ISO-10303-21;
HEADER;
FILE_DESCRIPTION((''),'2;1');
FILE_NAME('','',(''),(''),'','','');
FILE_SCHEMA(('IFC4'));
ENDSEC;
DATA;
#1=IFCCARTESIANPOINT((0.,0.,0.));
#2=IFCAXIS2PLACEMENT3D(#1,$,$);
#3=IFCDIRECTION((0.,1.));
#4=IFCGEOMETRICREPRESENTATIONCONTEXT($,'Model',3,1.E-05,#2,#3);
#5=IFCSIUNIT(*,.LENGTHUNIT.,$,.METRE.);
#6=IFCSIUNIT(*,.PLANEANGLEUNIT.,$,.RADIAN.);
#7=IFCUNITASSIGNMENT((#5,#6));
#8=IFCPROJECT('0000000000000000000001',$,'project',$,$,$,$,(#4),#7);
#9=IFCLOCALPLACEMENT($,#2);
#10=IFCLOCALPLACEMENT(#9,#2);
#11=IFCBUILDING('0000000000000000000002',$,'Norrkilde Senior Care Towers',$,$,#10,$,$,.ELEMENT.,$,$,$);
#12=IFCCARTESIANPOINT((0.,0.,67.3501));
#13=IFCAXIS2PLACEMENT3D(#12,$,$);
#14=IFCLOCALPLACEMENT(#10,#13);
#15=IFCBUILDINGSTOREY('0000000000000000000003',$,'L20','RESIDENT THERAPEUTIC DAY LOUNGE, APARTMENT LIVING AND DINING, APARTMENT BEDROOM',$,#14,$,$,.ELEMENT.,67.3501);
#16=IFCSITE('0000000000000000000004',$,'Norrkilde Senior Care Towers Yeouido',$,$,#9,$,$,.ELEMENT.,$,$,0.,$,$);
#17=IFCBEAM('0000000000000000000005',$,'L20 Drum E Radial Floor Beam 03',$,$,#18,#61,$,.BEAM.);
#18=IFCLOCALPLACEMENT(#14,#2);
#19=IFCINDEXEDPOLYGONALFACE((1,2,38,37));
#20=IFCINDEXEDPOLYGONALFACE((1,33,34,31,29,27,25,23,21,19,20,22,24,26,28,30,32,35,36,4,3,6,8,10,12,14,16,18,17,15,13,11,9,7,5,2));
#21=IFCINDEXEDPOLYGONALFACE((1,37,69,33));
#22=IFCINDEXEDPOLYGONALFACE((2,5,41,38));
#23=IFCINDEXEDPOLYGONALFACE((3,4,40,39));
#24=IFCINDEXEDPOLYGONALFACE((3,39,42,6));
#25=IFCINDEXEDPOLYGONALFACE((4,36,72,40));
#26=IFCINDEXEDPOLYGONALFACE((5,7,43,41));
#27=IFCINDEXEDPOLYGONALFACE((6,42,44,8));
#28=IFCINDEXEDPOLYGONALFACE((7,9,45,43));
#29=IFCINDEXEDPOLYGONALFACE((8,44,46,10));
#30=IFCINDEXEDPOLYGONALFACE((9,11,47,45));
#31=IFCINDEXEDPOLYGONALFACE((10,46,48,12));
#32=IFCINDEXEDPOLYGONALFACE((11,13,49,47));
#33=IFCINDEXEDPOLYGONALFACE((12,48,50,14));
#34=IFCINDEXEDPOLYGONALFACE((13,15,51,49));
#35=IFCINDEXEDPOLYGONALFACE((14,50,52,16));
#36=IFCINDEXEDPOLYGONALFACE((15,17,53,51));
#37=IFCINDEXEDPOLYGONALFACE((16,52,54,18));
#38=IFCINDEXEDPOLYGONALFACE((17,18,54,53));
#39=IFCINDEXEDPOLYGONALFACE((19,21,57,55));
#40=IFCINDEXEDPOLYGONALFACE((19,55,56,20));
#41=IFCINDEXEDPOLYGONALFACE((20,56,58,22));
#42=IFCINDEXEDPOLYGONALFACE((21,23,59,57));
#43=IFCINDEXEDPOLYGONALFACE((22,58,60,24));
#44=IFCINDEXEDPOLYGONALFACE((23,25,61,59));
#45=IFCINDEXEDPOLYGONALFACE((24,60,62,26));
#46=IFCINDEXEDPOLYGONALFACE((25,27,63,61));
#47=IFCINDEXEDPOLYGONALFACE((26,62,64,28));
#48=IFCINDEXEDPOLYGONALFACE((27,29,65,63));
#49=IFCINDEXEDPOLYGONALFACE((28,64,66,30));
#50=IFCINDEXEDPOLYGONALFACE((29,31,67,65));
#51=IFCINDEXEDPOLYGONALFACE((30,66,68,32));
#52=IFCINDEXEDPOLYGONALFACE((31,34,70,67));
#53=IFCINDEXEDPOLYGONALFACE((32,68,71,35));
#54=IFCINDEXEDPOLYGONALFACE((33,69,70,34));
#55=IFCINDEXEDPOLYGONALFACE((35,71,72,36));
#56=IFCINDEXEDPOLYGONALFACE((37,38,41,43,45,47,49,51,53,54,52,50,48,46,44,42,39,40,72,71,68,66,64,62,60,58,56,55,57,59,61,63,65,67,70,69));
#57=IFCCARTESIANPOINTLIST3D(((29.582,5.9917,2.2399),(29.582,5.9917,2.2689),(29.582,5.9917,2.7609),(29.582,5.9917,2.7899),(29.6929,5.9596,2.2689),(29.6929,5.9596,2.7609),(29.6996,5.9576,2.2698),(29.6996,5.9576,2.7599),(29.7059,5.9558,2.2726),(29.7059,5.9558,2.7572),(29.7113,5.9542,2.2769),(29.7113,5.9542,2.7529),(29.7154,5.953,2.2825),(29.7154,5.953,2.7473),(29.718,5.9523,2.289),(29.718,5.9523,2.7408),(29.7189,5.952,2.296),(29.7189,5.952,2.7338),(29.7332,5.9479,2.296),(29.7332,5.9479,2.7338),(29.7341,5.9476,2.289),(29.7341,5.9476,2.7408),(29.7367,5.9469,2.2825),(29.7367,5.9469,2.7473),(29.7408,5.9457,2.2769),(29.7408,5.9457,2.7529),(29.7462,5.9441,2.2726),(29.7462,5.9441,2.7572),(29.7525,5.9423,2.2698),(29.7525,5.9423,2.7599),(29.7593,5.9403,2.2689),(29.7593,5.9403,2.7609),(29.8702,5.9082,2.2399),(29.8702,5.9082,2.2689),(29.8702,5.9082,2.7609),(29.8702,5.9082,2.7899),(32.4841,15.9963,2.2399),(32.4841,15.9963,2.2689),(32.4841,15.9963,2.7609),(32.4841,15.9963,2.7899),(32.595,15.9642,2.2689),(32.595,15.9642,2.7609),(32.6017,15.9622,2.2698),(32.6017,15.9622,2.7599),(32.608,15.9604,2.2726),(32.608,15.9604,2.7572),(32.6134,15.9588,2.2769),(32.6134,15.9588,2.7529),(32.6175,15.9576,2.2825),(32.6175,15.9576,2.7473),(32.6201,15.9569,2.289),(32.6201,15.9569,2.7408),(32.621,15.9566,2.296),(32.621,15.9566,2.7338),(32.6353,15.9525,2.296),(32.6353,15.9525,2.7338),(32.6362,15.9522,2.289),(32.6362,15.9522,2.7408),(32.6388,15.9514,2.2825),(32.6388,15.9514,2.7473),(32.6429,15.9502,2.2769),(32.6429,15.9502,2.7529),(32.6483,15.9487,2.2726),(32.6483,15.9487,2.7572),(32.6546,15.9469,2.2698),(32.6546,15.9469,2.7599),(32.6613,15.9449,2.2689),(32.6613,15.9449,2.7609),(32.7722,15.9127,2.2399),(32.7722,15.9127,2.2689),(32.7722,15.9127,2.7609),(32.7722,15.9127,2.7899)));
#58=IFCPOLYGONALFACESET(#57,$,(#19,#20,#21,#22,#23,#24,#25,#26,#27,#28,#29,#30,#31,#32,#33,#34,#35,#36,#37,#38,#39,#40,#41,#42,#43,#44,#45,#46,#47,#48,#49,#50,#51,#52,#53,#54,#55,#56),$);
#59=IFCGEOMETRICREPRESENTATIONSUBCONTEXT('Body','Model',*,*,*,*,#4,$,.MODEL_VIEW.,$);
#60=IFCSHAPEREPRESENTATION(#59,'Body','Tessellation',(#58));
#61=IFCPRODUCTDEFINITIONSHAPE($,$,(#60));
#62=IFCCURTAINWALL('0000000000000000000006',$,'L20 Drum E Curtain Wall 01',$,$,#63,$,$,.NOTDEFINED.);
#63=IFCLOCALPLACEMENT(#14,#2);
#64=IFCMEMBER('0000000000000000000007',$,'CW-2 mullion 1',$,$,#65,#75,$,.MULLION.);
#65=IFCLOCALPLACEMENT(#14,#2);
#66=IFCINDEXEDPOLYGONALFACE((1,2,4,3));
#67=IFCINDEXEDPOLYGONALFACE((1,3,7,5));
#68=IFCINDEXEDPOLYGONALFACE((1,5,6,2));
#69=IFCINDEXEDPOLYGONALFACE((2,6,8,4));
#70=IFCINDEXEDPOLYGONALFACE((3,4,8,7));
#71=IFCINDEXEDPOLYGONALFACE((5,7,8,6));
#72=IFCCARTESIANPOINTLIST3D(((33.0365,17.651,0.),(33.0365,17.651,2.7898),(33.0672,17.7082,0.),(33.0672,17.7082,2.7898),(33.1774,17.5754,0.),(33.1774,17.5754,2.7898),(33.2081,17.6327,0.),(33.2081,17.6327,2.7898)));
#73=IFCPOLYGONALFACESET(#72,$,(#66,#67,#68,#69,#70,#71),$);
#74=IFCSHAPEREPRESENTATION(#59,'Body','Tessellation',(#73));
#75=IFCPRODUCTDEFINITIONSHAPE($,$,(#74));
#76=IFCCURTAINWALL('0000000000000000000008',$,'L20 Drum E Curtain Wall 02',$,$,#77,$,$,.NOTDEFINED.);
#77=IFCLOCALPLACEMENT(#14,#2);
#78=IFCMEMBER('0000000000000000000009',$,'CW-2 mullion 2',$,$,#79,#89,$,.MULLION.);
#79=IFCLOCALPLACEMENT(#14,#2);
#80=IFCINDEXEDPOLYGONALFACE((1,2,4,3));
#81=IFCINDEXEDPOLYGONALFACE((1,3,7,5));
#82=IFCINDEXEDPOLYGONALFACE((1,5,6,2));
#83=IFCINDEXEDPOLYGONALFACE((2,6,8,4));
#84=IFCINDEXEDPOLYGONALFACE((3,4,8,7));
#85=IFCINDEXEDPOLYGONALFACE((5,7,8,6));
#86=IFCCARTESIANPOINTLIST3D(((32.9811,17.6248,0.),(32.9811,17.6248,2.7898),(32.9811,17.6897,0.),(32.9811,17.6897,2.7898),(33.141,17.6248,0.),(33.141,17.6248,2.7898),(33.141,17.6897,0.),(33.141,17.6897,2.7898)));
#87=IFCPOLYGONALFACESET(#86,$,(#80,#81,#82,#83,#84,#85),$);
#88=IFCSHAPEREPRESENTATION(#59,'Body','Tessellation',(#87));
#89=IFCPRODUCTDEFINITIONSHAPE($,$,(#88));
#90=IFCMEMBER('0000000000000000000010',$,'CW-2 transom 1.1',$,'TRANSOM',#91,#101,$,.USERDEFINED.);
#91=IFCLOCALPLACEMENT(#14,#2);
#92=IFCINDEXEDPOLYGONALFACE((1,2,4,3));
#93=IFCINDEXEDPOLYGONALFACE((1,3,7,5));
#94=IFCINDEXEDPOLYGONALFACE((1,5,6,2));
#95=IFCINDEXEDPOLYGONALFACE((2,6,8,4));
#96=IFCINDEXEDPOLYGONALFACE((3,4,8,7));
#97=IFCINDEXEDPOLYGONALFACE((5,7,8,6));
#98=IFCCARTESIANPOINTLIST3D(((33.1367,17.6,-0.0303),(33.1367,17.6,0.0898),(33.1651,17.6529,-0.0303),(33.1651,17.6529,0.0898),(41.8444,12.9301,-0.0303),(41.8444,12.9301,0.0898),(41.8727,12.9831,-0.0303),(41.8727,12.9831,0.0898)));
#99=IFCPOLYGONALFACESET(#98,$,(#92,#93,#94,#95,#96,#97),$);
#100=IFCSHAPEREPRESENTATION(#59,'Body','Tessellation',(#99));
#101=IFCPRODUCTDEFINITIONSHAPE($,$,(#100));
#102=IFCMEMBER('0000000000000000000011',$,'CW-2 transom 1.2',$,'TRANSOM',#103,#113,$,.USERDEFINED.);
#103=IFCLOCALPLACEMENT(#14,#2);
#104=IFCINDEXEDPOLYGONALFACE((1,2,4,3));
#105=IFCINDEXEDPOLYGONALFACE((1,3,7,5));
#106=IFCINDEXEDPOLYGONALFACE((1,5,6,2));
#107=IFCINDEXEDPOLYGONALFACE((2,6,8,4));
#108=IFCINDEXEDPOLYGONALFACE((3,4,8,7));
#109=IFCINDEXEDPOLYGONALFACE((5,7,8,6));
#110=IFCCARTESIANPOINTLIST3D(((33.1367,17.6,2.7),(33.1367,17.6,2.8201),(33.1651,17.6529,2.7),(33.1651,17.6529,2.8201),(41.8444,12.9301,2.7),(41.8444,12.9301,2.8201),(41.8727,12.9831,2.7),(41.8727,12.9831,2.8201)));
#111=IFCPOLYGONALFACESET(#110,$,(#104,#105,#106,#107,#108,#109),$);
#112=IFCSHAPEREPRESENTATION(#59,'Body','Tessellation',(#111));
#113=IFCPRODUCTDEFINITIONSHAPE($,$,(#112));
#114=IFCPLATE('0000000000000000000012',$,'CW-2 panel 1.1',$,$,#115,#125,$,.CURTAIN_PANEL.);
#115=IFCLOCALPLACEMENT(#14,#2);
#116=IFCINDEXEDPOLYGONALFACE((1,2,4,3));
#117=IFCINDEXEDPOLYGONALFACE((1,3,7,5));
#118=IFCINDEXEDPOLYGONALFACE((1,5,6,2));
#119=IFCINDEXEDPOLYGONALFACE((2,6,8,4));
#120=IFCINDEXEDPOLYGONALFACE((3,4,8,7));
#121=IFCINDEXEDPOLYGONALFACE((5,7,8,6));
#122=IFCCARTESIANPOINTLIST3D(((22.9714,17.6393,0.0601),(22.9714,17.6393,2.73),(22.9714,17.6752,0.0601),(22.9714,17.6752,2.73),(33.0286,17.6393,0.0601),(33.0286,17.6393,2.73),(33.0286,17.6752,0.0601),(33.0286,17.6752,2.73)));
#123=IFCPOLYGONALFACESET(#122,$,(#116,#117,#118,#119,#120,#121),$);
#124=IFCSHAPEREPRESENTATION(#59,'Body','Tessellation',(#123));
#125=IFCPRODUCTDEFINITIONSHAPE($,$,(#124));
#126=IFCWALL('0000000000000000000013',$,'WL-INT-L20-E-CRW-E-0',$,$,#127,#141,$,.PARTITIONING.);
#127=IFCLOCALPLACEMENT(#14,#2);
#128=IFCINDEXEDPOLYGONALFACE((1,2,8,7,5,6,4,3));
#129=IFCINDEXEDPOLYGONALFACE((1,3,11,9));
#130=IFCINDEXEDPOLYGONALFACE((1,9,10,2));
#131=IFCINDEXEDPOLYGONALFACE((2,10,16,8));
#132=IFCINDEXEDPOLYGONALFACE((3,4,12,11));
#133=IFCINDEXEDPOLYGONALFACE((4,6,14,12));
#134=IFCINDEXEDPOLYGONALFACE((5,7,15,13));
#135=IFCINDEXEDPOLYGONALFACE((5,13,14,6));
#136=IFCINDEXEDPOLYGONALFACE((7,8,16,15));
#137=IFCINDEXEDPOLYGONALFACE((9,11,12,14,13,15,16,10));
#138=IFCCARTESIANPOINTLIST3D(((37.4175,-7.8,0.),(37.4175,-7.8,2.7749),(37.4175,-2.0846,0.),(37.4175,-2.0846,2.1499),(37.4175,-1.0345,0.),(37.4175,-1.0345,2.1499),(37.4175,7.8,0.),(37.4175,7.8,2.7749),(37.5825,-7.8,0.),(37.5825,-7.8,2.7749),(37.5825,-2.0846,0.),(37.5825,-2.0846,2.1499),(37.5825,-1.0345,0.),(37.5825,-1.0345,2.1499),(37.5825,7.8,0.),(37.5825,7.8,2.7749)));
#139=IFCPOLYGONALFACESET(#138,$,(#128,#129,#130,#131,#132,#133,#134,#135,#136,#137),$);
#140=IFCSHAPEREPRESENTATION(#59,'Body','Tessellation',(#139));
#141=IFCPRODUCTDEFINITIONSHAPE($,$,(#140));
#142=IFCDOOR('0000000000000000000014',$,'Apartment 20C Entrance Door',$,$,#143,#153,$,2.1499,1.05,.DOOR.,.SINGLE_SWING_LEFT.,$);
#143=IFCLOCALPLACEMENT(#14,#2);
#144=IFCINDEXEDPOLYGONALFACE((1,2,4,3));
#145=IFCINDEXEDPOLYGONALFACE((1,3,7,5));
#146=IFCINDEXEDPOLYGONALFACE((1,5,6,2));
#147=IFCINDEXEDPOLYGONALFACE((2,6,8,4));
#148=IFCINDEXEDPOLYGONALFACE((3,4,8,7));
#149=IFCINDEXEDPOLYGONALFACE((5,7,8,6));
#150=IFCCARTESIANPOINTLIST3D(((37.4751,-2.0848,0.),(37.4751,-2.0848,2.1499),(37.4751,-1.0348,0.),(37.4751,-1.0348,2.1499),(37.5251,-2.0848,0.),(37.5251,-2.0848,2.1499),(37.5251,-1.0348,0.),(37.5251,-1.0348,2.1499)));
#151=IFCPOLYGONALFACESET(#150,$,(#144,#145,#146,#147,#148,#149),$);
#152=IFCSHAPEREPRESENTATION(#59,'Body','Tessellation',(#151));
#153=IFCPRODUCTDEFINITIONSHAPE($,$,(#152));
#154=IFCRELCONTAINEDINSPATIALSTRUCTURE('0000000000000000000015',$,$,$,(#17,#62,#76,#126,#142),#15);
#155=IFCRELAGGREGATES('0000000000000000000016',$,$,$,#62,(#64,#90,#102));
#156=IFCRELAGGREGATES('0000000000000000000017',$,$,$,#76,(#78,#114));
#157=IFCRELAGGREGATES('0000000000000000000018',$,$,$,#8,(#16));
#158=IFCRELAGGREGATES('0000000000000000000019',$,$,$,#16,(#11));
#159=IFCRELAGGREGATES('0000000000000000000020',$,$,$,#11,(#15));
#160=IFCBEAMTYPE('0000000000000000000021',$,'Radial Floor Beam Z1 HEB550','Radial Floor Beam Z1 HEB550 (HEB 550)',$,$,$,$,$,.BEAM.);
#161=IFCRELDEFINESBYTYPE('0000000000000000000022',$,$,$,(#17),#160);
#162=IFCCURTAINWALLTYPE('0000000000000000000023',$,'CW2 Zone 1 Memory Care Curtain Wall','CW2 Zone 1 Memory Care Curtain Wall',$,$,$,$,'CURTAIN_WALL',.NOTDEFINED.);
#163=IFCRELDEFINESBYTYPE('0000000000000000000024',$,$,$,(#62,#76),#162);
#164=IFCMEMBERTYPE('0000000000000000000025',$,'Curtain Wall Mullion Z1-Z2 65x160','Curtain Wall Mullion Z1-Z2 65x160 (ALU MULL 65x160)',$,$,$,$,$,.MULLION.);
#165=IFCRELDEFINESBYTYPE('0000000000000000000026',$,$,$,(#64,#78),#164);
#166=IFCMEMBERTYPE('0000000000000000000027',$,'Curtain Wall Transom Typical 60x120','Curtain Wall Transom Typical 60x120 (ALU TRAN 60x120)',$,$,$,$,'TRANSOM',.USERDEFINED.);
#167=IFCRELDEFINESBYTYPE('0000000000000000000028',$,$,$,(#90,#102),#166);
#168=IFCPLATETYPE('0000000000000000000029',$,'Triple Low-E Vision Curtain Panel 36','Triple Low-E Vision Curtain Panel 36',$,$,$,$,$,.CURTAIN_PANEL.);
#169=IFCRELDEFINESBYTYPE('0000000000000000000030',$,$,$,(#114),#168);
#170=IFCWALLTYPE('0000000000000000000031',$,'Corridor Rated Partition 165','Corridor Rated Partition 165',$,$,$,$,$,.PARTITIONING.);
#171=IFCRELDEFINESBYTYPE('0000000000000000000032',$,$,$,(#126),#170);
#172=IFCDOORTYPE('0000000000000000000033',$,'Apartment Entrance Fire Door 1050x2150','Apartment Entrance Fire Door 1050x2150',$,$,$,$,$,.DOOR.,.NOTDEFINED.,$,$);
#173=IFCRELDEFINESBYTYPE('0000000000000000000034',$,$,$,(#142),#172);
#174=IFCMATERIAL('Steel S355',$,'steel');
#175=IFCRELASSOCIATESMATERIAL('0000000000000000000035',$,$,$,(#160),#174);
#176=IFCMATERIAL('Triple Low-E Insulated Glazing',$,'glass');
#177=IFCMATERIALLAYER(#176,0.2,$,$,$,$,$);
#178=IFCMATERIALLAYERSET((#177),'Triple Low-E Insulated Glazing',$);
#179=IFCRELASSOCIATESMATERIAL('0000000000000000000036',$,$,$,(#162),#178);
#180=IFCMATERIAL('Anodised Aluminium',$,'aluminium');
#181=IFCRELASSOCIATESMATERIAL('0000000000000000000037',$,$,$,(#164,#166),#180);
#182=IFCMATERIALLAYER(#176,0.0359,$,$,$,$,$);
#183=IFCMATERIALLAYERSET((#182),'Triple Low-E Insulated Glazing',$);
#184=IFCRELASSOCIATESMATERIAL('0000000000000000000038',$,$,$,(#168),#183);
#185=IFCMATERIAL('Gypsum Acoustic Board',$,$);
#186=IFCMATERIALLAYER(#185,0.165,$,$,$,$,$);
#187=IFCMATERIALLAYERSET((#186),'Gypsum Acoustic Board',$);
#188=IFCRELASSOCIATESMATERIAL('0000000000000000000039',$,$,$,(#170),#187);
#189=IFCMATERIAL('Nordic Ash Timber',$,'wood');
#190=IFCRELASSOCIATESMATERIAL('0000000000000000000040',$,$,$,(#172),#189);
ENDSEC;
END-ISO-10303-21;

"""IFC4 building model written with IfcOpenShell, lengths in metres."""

from ifc_helpers import new_model, si_unit, direction, frame, frame_2d, origin, origin_2d, place, context, subcontext, project, spatial, rectangle, i_section, extrude, source, transform, mapped, material, layer, layer_set, material_profile, profile_set, type_object, type_shapes, element, fill, aggregate, save


model = new_model("IFC4")

# Units and contexts
model_context = context("Model", 3, precision=1e-05, world=origin(), true_north=direction((0.0, 1.0)))
body_context = subcontext(model_context, "Body", "Model", "MODEL_VIEW")
ifc_project = project(units=[si_unit("LENGTHUNIT", "METRE"), si_unit("PLANEANGLEUNIT", "RADIAN")], contexts=[model_context])

# Site, building, storey
site_placement = place(None, origin())
site = spatial("IfcSite", under=ifc_project, at=site_placement, Name="Norrkilde Senior Care Towers Yeouido", CompositionType="ELEMENT", RefElevation=0.0)
building_placement = place(site_placement, origin())
building = spatial("IfcBuilding", under=site, at=building_placement, Name="Norrkilde Senior Care Towers", CompositionType="ELEMENT")
storey_placement = place(building_placement, frame((0.0, 0.0, 67.3501)))
storey = spatial("IfcBuildingStorey", under=building, at=storey_placement, Name="L20", Description="RESIDENT THERAPEUTIC DAY LOUNGE, APARTMENT LIVING AND DINING, APARTMENT BEDROOM", CompositionType="ELEMENT", Elevation=67.3501)

# Beam
ifc_material_1 = material(Name="Steel S355", Category="steel")
ifc_material_profile_1 = material_profile(ifc_material_1, i_section(OverallWidth=0.3, OverallDepth=0.55, WebThickness=0.0149, FlangeThickness=0.0291, FilletRadius=0.0271, at=origin_2d()), Name="HEB 550")
ifc_profile_set_1 = profile_set([ifc_material_profile_1], Name="Steel S355")
beam_type_1 = type_object("IfcBeamType", Name="Radial Floor Beam Z1 HEB550", Description="Radial Floor Beam Z1 HEB550 (HEB 550)", PredefinedType="BEAM", material=ifc_profile_set_1)
shared_shape_1 = source(origin(), body_context, "Body", "SweptSolid", [
    extrude(i_section(OverallWidth=0.3, OverallDepth=0.55, WebThickness=0.0149, FlangeThickness=0.0291, FilletRadius=0.0271, at=origin_2d()), origin(), (0.0, 0.0, 1.0), 10.417),
])
beam_1_placement = place(storey_placement, frame((29.7261, 5.95, 2.5149), z_axis=(0.278591, 0.96041, 0.0), x_axis=(-0.96041, 0.278591, 0.0)))
element("IfcBeam", 1, at=beam_1_placement, inside=storey, type_object=beam_type_1, Name="L20 Drum E Radial Floor Beam 03", PredefinedType="BEAM", context=body_context, shape_type="MappedRepresentation", body=[
    mapped(shared_shape_1, transform((0.0, 0.0, 0.0), x_axis=(1.0, 0.0, 0.0), y_axis=(0.0, 1.0, 0.0), z_axis=(0.0, 0.0, 1.0), scale=1.0)),
])

# Curtain walls, members
ifc_material_2 = material(Name="Triple Low-E Insulated Glazing", Category="glass")
ifc_layer_1 = layer(ifc_material_2, 0.2)
ifc_layer_set_1 = layer_set([ifc_layer_1], Name="Triple Low-E Insulated Glazing")
curtain_wall_type = type_object("IfcCurtainWallType", Name="CW2 Zone 1 Memory Care Curtain Wall", Description="CW2 Zone 1 Memory Care Curtain Wall", ElementType="CURTAIN_WALL", PredefinedType="NOTDEFINED", material=ifc_layer_set_1)
curtain_wall_1_placement = place(storey_placement, origin())
curtain_wall_1 = element("IfcCurtainWall", 2, at=curtain_wall_1_placement, inside=storey, type_object=curtain_wall_type, Name="L20 Drum E Curtain Wall 01", PredefinedType="NOTDEFINED")
ifc_material_3 = material(Name="Anodised Aluminium", Category="aluminium")
ifc_material_profile_2 = material_profile(ifc_material_3, rectangle(XDim=0.0649, YDim=0.1599, at=origin_2d()), Name="ALU MULL 65x160")
ifc_profile_set_2 = profile_set([ifc_material_profile_2], Name="Anodised Aluminium")
member_type_1 = type_object("IfcMemberType", Name="Curtain Wall Mullion Z1-Z2 65x160", Description="Curtain Wall Mullion Z1-Z2 65x160 (ALU MULL 65x160)", PredefinedType="MULLION", material=ifc_profile_set_2)
shared_shape_2 = source(origin(), body_context, "Body", "SweptSolid", [
    extrude(rectangle(XDim=0.0649, YDim=0.1599, at=origin_2d()), origin(), (0.0, 0.0, 1.0), 2.7898),
])
type_shapes(member_type_1, [shared_shape_2])
member_1_placement = place(storey_placement, frame((33.1223, 17.6418, 0.0), z_axis=(0.0, 0.0, 1.0), x_axis=(0.472608, 0.881273, 0.0)))
member_1 = element("IfcMember", 3, at=member_1_placement, type_object=member_type_1, Name="CW-2 mullion 1", PredefinedType="MULLION", context=body_context, shape_type="MappedRepresentation", body=[
    mapped(shared_shape_2, transform((0.0, 0.0, 0.0), x_axis=(1.0, 0.0, 0.0), y_axis=(0.0, 1.0, 0.0), z_axis=(0.0, 0.0, 1.0), scale=1.0)),
])
curtain_wall_2_placement = place(storey_placement, origin())
curtain_wall_2 = element("IfcCurtainWall", 4, at=curtain_wall_2_placement, inside=storey, type_object=curtain_wall_type, Name="L20 Drum E Curtain Wall 02", PredefinedType="NOTDEFINED")
member_2_placement = place(storey_placement, frame((33.061, 17.6572, 0.0), z_axis=(0.0, 0.0, 1.0), x_axis=(0.0, 1.0, 0.0)))
member_2 = element("IfcMember", 5, at=member_2_placement, type_object=member_type_1, Name="CW-2 mullion 2", PredefinedType="MULLION", context=body_context, shape_type="MappedRepresentation", body=[
    mapped(shared_shape_2, transform((0.0, 0.0, 0.0), x_axis=(1.0, 0.0, 0.0), y_axis=(0.0, 1.0, 0.0), z_axis=(0.0, 0.0, 1.0), scale=1.0)),
])

# Members
ifc_material_profile_3 = material_profile(ifc_material_3, rectangle(XDim=0.0601, YDim=0.1201, at=origin_2d()), Name="ALU TRAN 60x120")
ifc_profile_set_3 = profile_set([ifc_material_profile_3], Name="Anodised Aluminium")
member_type_2 = type_object("IfcMemberType", Name="Curtain Wall Transom Typical 60x120", Description="Curtain Wall Transom Typical 60x120 (ALU TRAN 60x120)", ElementType="TRANSOM", PredefinedType="USERDEFINED", material=ifc_profile_set_3)
shared_shape_3 = source(origin(), body_context, "Body", "SweptSolid", [
    extrude(rectangle(XDim=0.0601, YDim=0.1201, at=origin_2d()), origin(), (0.0, 0.0, 1.0), 9.8809),
])
type_shapes(member_type_2, [shared_shape_3])
member_3_placement = place(storey_placement, frame((33.1509, 17.6265, 0.0298), z_axis=(0.881267, -0.472618, 0.0), x_axis=(0.472618, 0.881267, 0.0)))
member_3 = element("IfcMember", 6, at=member_3_placement, type_object=member_type_2, Name="CW-2 transom 1.1", ObjectType="TRANSOM", PredefinedType="USERDEFINED", context=body_context, shape_type="MappedRepresentation", body=[
    mapped(shared_shape_3, transform((0.0, 0.0, 0.0), x_axis=(1.0, 0.0, 0.0), y_axis=(0.0, 1.0, 0.0), z_axis=(0.0, 0.0, 1.0), scale=1.0)),
])
member_4_placement = place(storey_placement, frame((33.1509, 17.6265, 2.76), z_axis=(0.881267, -0.472618, 0.0), x_axis=(0.472618, 0.881267, 0.0)))
member_4 = element("IfcMember", 7, at=member_4_placement, type_object=member_type_2, Name="CW-2 transom 1.2", ObjectType="TRANSOM", PredefinedType="USERDEFINED", context=body_context, shape_type="MappedRepresentation", body=[
    mapped(shared_shape_3, transform((0.0, 0.0, 0.0), x_axis=(1.0, 0.0, 0.0), y_axis=(0.0, 1.0, 0.0), z_axis=(0.0, 0.0, 1.0), scale=1.0)),
])
aggregate(curtain_wall_1, [member_1, member_3, member_4])

# Plate
ifc_layer_2 = layer(ifc_material_2, 0.0359)
ifc_layer_set_2 = layer_set([ifc_layer_2], Name="Triple Low-E Insulated Glazing")
plate_type = type_object("IfcPlateType", Name="Triple Low-E Vision Curtain Panel 36", Description="Triple Low-E Vision Curtain Panel 36", PredefinedType="CURTAIN_PANEL", material=ifc_layer_set_2)
shared_shape_4 = source(origin(), body_context, "Body", "SweptSolid", [
    extrude(rectangle(XDim=10.0571, YDim=0.0359, at=origin_2d()), origin(), (0.0, 0.0, 1.0), 2.6699),
])
type_shapes(plate_type, [shared_shape_4])
plate_placement = place(storey_placement, frame((28.0, 17.6572, 0.0601), z_axis=(0.0, 0.0, 1.0), x_axis=(1.0, 0.0, 0.0)))
plate = element("IfcPlate", 8, at=plate_placement, type_object=plate_type, Name="CW-2 panel 1.1", PredefinedType="CURTAIN_PANEL", context=body_context, shape_type="MappedRepresentation", body=[
    mapped(shared_shape_4, transform((0.0, 0.0, 0.0), x_axis=(1.0, 0.0, 0.0), y_axis=(0.0, 1.0, 0.0), z_axis=(0.0, 0.0, 1.0), scale=1.0)),
])
aggregate(curtain_wall_2, [member_2, plate])

# Wall, opening, door
ifc_material_4 = material(Name="Gypsum Acoustic Board")
ifc_layer_3 = layer(ifc_material_4, 0.165)
ifc_layer_set_3 = layer_set([ifc_layer_3], Name="Gypsum Acoustic Board")
wall_type_1 = type_object("IfcWallType", Name="Corridor Rated Partition 165", Description="Corridor Rated Partition 165", PredefinedType="PARTITIONING", material=ifc_layer_set_3)
shared_shape_5 = source(origin(), body_context, "Body", "SweptSolid", [
    extrude(rectangle(XDim=15.6001, YDim=0.165, at=frame_2d((7.8, 0.0))), origin(), (0.0, 0.0, 1.0), 2.7749),
])
type_shapes(wall_type_1, [shared_shape_5])
wall_1_placement = place(storey_placement, frame((37.5, 7.8, 0.0), z_axis=(0.0, 0.0, 1.0), x_axis=(0.0, -1.0, 0.0)))
wall_1 = element("IfcWall", 9, at=wall_1_placement, inside=storey, type_object=wall_type_1, Name="WL-INT-L20-E-CRW-E-0", PredefinedType="PARTITIONING", context=body_context, shape_type="MappedRepresentation", body=[
    mapped(shared_shape_5, transform((0.0, 0.0, 0.0), x_axis=(1.0, 0.0, 0.0), y_axis=(0.0, 1.0, 0.0), z_axis=(0.0, 0.0, 1.0), scale=1.0)),
])
opening_1_placement = place(wall_1_placement, frame((8.8347, 0.0, 0.0)))
opening_1 = element("IfcOpeningElement", 10, at=opening_1_placement, cuts=wall_1, PredefinedType="OPENING", context=body_context, shape_type="SweptSolid", body=[
    extrude(rectangle(XDim=1.05, YDim=2.1499, at=frame_2d((0.5249, 1.075))), frame((0.0, 0.0925, 0.0), z_axis=(0.0, -1.0, 0.0), x_axis=(1.0, 0.0, 0.0)), (0.0, 0.0, 1.0), 0.1851),
])
ifc_material_5 = material(Name="Nordic Ash Timber", Category="wood")
door_type_1 = type_object("IfcDoorType", Name="Apartment Entrance Fire Door 1050x2150", Description="Apartment Entrance Fire Door 1050x2150", OperationType="NOTDEFINED", PredefinedType="DOOR", material=ifc_material_5)
shared_shape_6 = source(origin(), body_context, "Body", "SweptSolid", [
    extrude(rectangle(XDim=1.05, YDim=2.1499, at=frame_2d((0.5249, 1.075))), frame((0.0, 0.0249, 0.0), z_axis=(0.0, -1.0, 0.0), x_axis=(1.0, 0.0, 0.0)), (0.0, 0.0, 1.0), 0.05),
])
type_shapes(door_type_1, [shared_shape_6])
door_1_placement = place(opening_1_placement, frame((1.05, 0.0, 0.0), z_axis=(0.0, 0.0, 1.0), x_axis=(-1.0, 0.0, 0.0)))
door_1 = element("IfcDoor", 11, at=door_1_placement, inside=storey, type_object=door_type_1, Name="Apartment 20C Entrance Door", OperationType="SINGLE_SWING_LEFT", OverallHeight=2.1499, OverallWidth=1.05, PredefinedType="DOOR", context=body_context, shape_type="MappedRepresentation", body=[
    mapped(shared_shape_6, transform((0.0, 0.0, 0.0), x_axis=(1.0, 0.0, 0.0), y_axis=(0.0, 1.0, 0.0), z_axis=(0.0, 0.0, 1.0), scale=1.0)),
])
fill(opening_1, door_1)

save(model, "model.ifc")
